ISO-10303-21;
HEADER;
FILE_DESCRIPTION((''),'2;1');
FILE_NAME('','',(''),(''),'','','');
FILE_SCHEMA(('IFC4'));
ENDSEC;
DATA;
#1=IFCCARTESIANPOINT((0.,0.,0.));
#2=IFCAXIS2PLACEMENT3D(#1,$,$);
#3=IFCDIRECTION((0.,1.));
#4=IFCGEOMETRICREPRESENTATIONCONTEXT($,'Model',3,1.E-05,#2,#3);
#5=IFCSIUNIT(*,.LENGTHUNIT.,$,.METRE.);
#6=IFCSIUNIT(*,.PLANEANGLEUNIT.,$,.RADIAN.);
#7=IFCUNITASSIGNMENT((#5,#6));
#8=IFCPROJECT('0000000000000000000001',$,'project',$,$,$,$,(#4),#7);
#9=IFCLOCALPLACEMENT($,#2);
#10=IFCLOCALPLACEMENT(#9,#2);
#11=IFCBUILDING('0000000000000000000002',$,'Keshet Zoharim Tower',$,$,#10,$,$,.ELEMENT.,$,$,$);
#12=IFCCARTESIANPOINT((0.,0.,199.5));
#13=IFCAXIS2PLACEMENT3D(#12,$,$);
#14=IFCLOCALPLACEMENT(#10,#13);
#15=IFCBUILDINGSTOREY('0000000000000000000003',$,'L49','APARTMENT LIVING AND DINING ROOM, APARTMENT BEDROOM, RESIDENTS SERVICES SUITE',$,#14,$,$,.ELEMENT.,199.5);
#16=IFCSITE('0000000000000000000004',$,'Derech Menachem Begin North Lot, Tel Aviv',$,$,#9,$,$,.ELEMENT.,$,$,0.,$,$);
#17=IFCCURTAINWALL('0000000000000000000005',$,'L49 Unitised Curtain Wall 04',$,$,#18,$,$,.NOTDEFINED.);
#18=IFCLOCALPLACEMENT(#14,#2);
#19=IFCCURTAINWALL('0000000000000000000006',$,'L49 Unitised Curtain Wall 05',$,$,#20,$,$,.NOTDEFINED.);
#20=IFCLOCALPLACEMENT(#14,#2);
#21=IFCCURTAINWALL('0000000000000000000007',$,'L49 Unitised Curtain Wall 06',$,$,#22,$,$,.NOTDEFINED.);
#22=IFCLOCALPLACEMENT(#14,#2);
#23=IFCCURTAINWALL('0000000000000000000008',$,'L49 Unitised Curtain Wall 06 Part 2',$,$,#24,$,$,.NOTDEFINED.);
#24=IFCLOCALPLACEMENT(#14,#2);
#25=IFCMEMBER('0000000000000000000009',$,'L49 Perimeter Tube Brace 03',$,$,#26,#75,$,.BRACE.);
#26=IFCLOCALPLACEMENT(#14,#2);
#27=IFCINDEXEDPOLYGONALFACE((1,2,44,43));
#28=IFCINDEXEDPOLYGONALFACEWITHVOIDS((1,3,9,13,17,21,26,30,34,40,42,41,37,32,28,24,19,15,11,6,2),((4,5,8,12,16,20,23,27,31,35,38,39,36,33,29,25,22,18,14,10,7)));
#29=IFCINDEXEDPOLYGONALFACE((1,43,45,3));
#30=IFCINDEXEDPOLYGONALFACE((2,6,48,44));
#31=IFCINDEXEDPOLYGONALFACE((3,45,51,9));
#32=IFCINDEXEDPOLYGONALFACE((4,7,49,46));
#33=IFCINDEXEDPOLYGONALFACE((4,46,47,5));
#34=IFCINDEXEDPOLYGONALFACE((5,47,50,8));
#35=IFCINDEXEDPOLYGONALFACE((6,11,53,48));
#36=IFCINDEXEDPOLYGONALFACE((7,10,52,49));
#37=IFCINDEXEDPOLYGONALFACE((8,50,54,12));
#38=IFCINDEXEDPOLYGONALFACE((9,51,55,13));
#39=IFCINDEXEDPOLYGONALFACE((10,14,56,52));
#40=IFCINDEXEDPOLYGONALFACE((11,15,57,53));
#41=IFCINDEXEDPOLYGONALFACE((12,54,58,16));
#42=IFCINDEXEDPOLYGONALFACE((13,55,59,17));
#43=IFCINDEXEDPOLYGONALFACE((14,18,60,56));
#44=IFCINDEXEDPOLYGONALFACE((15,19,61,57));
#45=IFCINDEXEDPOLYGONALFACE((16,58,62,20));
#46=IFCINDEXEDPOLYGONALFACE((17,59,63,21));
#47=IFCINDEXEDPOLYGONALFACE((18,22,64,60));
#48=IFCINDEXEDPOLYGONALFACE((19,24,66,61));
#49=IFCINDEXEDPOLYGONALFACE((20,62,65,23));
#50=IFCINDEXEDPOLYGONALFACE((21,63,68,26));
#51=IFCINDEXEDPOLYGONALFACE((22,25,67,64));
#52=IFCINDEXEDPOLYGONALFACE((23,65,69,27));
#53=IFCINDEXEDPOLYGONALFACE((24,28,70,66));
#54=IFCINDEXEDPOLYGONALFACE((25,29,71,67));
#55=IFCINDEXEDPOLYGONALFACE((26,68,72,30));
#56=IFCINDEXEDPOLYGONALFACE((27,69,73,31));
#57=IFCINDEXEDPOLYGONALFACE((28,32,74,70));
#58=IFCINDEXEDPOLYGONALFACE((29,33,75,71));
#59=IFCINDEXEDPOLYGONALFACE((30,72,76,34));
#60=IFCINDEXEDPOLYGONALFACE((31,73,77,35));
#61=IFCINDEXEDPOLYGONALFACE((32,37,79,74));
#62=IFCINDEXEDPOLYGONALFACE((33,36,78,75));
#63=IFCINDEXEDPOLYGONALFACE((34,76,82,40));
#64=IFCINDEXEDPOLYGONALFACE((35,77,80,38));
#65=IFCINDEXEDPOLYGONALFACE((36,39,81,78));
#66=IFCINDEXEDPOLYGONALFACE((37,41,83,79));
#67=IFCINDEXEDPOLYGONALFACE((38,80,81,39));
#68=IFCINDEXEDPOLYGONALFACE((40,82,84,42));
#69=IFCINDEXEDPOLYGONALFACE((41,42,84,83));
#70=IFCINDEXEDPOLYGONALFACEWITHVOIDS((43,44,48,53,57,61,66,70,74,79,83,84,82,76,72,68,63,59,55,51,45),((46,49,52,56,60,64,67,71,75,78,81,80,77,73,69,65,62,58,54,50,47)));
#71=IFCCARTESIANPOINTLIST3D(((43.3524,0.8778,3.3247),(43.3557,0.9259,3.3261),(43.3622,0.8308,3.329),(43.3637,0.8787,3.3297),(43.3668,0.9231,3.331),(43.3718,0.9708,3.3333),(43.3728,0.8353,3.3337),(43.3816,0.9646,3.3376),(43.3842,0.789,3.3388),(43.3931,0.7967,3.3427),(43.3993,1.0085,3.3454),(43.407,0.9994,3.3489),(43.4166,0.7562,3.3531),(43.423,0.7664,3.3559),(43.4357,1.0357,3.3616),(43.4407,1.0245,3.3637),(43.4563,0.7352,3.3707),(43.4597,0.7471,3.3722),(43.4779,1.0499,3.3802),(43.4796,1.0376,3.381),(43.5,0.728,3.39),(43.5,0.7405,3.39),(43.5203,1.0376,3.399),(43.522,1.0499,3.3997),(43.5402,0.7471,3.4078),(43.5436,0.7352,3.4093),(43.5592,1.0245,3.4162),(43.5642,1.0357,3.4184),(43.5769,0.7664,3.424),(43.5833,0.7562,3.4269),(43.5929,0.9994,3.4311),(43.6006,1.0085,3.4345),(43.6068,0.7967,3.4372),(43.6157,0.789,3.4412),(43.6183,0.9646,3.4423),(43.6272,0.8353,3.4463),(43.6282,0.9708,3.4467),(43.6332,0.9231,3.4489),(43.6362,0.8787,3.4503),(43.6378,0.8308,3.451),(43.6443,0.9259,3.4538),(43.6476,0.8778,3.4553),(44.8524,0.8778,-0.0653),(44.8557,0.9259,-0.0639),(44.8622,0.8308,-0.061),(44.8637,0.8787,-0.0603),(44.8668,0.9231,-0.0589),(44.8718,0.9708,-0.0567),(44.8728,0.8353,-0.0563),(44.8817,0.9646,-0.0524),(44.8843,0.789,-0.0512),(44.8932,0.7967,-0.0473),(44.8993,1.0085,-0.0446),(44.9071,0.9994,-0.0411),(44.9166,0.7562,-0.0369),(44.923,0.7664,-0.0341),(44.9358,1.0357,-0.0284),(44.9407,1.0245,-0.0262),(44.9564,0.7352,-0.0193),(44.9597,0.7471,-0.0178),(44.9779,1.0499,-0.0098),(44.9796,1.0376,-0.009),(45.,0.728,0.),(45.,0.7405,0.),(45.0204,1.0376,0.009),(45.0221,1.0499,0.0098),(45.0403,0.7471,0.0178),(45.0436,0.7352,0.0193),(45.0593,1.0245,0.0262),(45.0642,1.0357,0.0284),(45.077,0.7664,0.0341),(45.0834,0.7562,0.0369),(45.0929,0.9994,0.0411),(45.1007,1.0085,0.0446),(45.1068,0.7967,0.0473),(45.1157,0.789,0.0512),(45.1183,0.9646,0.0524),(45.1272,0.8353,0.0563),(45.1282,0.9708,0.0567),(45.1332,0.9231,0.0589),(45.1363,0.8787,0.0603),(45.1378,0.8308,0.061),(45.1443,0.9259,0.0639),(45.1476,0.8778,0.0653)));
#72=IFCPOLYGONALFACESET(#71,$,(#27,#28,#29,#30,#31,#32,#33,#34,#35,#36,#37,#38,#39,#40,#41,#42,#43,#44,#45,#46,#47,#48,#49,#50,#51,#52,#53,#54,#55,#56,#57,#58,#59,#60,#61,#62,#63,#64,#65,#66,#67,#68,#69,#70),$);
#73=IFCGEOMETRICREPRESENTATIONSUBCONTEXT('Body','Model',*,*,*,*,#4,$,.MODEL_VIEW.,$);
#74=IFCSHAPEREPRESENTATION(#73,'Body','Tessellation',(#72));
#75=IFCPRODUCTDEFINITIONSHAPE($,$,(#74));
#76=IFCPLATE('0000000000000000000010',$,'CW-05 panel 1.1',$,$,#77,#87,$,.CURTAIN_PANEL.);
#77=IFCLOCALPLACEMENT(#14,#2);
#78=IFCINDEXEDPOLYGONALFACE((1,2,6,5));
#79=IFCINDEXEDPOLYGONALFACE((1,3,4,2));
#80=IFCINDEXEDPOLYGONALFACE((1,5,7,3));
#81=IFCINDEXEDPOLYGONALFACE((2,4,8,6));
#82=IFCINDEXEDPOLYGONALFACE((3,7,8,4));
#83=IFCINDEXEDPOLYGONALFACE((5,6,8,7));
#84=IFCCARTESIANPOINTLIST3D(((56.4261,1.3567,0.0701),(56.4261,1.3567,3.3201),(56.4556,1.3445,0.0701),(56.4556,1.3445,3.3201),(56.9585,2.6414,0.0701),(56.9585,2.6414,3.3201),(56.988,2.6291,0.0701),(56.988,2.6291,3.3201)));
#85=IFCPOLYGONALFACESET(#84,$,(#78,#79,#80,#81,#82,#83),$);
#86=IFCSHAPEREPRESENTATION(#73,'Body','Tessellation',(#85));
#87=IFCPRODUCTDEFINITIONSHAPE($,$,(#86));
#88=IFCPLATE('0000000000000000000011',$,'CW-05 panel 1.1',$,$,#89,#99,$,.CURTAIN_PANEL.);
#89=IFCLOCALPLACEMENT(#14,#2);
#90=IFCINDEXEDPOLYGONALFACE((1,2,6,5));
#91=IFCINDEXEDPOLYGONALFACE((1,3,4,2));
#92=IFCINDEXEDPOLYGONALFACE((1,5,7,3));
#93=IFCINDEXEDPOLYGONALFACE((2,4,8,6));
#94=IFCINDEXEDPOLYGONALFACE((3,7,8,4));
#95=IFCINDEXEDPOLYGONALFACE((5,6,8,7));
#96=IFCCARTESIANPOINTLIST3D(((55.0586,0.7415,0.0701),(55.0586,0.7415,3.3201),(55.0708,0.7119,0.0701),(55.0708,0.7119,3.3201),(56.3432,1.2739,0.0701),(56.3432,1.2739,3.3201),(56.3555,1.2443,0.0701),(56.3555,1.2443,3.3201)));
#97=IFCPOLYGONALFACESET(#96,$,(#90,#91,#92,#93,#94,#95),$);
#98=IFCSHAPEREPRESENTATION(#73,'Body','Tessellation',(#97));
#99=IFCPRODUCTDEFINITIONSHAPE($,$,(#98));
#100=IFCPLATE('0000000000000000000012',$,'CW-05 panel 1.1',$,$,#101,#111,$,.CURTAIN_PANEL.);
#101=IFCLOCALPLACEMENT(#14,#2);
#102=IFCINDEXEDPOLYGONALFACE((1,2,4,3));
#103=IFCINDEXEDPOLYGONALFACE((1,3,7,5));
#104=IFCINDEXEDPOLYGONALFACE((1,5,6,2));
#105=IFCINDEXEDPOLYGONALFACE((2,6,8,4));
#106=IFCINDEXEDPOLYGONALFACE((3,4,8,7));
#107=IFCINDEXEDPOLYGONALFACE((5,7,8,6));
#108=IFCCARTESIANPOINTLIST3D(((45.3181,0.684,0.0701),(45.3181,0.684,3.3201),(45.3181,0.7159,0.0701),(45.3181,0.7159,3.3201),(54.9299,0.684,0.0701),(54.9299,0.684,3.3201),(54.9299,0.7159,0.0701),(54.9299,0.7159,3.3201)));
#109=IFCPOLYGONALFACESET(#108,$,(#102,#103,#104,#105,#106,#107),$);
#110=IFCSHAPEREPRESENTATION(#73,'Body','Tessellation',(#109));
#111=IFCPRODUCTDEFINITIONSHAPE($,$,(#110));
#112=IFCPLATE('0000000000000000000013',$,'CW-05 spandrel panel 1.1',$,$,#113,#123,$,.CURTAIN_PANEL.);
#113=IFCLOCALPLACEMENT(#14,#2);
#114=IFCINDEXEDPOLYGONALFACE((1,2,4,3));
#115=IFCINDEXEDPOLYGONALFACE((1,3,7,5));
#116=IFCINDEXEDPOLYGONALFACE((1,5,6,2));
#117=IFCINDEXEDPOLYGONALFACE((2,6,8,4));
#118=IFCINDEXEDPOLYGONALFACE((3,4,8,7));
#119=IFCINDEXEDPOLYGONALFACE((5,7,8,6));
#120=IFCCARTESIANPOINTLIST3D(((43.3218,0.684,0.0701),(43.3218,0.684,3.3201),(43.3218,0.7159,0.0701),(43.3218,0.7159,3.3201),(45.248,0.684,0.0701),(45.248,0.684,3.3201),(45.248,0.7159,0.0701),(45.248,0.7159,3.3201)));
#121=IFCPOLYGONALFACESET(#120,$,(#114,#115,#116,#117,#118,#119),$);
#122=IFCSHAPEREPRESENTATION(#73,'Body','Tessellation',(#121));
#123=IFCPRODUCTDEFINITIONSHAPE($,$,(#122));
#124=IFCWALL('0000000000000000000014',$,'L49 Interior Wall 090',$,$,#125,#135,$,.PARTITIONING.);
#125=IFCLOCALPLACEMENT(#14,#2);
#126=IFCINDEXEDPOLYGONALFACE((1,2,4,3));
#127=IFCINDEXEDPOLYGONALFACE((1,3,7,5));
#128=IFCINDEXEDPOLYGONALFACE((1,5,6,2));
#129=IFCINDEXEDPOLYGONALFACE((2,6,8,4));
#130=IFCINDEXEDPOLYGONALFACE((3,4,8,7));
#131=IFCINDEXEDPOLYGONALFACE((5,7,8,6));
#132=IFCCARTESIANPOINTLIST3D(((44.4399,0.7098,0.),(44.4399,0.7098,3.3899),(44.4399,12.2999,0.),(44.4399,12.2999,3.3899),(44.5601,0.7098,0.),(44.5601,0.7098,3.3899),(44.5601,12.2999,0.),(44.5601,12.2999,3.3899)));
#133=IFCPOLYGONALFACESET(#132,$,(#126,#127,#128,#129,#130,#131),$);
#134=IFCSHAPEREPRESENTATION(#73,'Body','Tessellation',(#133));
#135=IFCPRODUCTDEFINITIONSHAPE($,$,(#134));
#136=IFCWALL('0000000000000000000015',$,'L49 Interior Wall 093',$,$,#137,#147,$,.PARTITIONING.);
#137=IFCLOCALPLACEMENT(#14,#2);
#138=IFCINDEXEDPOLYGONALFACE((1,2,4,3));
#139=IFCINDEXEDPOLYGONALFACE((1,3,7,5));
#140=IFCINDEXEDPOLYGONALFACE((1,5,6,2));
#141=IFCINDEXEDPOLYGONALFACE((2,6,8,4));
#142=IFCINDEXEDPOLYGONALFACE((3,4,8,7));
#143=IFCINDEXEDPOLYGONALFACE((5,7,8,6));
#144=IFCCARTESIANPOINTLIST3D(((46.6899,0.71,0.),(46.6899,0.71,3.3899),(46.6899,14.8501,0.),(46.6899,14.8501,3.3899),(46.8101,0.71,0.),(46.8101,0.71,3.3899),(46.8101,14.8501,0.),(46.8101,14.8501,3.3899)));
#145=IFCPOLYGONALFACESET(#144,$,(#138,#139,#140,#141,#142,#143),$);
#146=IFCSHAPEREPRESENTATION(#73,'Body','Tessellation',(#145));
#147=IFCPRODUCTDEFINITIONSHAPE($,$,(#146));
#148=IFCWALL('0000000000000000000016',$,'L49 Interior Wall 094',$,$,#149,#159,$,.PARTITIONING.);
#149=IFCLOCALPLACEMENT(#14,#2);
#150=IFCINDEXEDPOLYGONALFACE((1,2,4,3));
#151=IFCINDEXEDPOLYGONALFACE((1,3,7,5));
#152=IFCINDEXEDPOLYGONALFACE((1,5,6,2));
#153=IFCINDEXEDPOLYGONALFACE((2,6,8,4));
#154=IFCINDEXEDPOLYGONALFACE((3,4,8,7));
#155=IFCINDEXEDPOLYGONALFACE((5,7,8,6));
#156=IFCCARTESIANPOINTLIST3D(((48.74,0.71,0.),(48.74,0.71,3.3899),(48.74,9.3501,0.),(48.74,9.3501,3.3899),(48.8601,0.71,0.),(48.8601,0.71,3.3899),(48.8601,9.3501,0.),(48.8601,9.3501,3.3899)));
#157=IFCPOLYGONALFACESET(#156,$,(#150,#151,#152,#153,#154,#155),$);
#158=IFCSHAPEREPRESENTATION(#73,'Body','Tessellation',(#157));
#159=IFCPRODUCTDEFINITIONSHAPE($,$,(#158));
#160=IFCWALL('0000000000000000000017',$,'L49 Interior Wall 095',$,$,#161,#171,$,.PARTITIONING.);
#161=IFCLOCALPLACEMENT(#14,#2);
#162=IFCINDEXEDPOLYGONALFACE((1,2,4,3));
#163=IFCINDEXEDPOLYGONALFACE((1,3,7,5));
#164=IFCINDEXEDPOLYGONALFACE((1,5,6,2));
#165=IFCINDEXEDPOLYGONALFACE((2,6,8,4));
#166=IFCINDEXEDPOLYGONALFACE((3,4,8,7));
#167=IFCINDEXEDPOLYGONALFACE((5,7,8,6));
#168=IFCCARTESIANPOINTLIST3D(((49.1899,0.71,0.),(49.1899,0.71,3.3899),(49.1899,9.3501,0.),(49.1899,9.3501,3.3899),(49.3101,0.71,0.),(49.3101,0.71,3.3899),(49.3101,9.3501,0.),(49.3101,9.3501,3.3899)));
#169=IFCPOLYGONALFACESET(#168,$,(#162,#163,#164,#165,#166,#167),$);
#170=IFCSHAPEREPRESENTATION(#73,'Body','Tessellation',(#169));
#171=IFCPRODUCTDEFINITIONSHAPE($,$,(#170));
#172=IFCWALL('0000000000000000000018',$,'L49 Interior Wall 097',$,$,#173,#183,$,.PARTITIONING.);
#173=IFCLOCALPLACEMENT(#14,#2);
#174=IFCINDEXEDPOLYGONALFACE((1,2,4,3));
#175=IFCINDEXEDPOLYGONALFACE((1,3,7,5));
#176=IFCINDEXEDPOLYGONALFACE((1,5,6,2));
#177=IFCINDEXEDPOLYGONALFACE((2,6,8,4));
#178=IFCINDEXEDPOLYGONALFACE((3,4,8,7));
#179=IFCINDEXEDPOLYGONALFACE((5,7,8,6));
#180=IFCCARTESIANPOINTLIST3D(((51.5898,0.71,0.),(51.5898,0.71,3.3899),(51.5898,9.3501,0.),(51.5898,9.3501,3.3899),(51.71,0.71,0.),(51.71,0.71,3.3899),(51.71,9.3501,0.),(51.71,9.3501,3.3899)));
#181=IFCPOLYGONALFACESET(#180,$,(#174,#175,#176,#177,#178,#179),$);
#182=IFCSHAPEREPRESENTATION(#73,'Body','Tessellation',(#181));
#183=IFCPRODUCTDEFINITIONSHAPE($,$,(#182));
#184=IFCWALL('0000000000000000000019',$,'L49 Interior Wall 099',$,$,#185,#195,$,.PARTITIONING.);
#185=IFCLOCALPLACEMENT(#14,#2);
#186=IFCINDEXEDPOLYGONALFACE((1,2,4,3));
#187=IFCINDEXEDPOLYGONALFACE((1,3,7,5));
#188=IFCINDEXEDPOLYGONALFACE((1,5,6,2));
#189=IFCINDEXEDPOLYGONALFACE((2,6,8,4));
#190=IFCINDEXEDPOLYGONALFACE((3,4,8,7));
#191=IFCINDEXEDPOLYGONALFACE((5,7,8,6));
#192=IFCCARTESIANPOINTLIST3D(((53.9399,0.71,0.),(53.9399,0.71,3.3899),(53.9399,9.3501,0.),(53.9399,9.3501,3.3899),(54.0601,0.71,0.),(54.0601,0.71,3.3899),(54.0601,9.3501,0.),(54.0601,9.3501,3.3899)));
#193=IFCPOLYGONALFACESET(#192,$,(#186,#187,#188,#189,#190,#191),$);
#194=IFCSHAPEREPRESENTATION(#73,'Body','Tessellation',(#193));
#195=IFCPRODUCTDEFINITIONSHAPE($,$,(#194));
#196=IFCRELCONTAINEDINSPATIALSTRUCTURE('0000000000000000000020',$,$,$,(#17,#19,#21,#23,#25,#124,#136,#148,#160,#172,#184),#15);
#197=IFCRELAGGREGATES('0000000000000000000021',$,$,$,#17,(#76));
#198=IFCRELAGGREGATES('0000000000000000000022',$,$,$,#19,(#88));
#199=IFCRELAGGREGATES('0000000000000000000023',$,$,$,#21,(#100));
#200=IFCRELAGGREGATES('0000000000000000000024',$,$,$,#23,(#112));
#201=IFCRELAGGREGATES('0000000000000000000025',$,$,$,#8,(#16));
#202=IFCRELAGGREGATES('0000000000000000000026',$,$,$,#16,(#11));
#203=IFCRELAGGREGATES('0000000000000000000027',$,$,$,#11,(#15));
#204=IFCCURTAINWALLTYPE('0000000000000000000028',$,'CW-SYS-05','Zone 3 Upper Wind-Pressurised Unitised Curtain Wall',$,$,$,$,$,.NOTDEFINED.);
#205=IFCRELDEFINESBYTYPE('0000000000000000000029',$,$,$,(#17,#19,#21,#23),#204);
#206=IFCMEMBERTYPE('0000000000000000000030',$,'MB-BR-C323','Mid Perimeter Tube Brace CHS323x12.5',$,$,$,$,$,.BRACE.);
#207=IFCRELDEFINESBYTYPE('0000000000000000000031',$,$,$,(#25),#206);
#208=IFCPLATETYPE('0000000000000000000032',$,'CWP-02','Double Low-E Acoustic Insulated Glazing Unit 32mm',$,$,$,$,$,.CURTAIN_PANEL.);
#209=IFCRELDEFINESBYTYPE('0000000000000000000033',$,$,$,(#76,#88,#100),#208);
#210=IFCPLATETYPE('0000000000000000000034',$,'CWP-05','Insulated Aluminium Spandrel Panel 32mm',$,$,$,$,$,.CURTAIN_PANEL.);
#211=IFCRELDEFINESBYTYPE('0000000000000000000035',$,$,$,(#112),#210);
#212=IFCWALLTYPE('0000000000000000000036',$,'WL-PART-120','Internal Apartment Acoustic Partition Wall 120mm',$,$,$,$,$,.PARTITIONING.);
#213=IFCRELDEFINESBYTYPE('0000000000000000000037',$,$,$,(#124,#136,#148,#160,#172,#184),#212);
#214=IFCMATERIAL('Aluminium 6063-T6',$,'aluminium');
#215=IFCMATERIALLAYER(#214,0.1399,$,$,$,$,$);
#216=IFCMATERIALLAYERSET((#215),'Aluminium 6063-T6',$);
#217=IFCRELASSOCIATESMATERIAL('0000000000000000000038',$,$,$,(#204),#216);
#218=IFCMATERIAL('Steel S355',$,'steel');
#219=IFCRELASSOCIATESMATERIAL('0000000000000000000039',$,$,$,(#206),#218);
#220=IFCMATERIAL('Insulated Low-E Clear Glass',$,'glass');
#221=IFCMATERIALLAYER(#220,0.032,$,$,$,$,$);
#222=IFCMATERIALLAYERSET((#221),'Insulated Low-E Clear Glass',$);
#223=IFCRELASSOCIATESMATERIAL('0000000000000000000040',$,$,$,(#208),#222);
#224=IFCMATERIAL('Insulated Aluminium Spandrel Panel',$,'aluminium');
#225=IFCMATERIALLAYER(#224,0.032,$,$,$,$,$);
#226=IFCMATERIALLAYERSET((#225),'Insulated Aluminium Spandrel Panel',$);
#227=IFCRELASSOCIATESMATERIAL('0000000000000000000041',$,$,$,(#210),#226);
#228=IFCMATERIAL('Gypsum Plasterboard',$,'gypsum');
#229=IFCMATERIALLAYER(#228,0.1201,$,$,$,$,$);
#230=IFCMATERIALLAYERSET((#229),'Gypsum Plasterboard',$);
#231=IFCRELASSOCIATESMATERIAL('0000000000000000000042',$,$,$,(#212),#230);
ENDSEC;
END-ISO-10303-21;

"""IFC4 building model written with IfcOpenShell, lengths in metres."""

from ifc_helpers import new_model, si_unit, direction, frame, frame_2d, origin, origin_2d, place, context, subcontext, project, spatial, rectangle, hollow_circle, extrude, material, layer, layer_set, material_profile, profile_set, type_object, element, aggregate, save


model = new_model("IFC4")

# Units and contexts
model_context = context("Model", 3, precision=1e-05, world=origin(), true_north=direction((0.0, 1.0)))
body_context = subcontext(model_context, "Body", "Model", "MODEL_VIEW")
ifc_project = project(units=[si_unit("LENGTHUNIT", "METRE"), si_unit("PLANEANGLEUNIT", "RADIAN")], contexts=[model_context])

# Site, building, storey
site_placement = place(None, origin())
site = spatial("IfcSite", under=ifc_project, at=site_placement, Name="Derech Menachem Begin North Lot, Tel Aviv", CompositionType="ELEMENT", RefElevation=0.0)
building_placement = place(site_placement, origin())
building = spatial("IfcBuilding", under=site, at=building_placement, Name="Keshet Zoharim Tower", CompositionType="ELEMENT")
storey_placement = place(building_placement, frame((0.0, 0.0, 199.5)))
storey = spatial("IfcBuildingStorey", under=building, at=storey_placement, Name="L49", Description="APARTMENT LIVING AND DINING ROOM, APARTMENT BEDROOM, RESIDENTS SERVICES SUITE", CompositionType="ELEMENT", Elevation=199.5)

# Shared definitions
ifc_material_1 = material(Name="Steel S355", Category="steel")

# Curtain wall
ifc_material_2 = material(Name="Aluminium 6063-T6", Category="aluminium")
ifc_layer_1 = layer(ifc_material_2, 0.1399)
ifc_layer_set_1 = layer_set([ifc_layer_1], Name="Aluminium 6063-T6")
curtain_wall_type = type_object("IfcCurtainWallType", Name="CW-SYS-05", Description="Zone 3 Upper Wind-Pressurised Unitised Curtain Wall", PredefinedType="NOTDEFINED", material=ifc_layer_set_1)
curtain_wall_1_placement = place(storey_placement, origin())
curtain_wall_1 = element("IfcCurtainWall", 1, at=curtain_wall_1_placement, inside=storey, type_object=curtain_wall_type, Name="L49 Unitised Curtain Wall 04", PredefinedType="NOTDEFINED")

# Curtain walls
curtain_wall_2_placement = place(storey_placement, origin())
curtain_wall_2 = element("IfcCurtainWall", 2, at=curtain_wall_2_placement, inside=storey, type_object=curtain_wall_type, Name="L49 Unitised Curtain Wall 05", PredefinedType="NOTDEFINED")
curtain_wall_3_placement = place(storey_placement, origin())
curtain_wall_3 = element("IfcCurtainWall", 3, at=curtain_wall_3_placement, inside=storey, type_object=curtain_wall_type, Name="L49 Unitised Curtain Wall 06", PredefinedType="NOTDEFINED")

# Curtain wall
curtain_wall_4_placement = place(storey_placement, origin())
curtain_wall_4 = element("IfcCurtainWall", 4, at=curtain_wall_4_placement, inside=storey, type_object=curtain_wall_type, Name="L49 Unitised Curtain Wall 06 Part 2", PredefinedType="NOTDEFINED")

# Member
ifc_material_profile_1 = material_profile(ifc_material_1, hollow_circle(Radius=0.1619, WallThickness=0.0125, at=origin_2d()), Name="CHS323x12.5")
ifc_profile_set_1 = profile_set([ifc_material_profile_1], Name="Steel S355")
member_type_1 = type_object("IfcMemberType", Name="MB-BR-C323", Description="Mid Perimeter Tube Brace CHS323x12.5", PredefinedType="BRACE", material=ifc_profile_set_1)
member_1_placement = place(storey_placement, frame((45.0, 0.8899, 0.0), z_axis=(-0.404647, 0.0, 0.914473), x_axis=(0.0, -1.0, 0.0)))
element("IfcMember", 5, at=member_1_placement, inside=storey, type_object=member_type_1, Name="L49 Perimeter Tube Brace 03", PredefinedType="BRACE", context=body_context, shape_type="SweptSolid", body=[
    extrude(hollow_circle(Radius=0.1619, WallThickness=0.0125, at=origin_2d()), origin(), (0.0, 0.0, 1.0), 3.707),
])

# Plates
ifc_material_3 = material(Name="Insulated Low-E Clear Glass", Category="glass")
ifc_layer_2 = layer(ifc_material_3, 0.032)
ifc_layer_set_2 = layer_set([ifc_layer_2], Name="Insulated Low-E Clear Glass")
plate_type_1 = type_object("IfcPlateType", Name="CWP-02", Description="Double Low-E Acoustic Insulated Glazing Unit 32mm", PredefinedType="CURTAIN_PANEL", material=ifc_layer_set_2)
plate_1_placement = place(storey_placement, frame((56.707, 1.9929, 0.0701), z_axis=(0.0, 0.0, 1.0), x_axis=(-0.382852, -0.92381, 0.0)))
plate_1 = element("IfcPlate", 6, at=plate_1_placement, type_object=plate_type_1, Name="CW-05 panel 1.1", PredefinedType="CURTAIN_PANEL", context=body_context, shape_type="SweptSolid", body=[
    extrude(rectangle(XDim=1.3906, YDim=0.032, at=origin_2d()), origin(), (0.0, 0.0, 1.0), 3.25),
])
aggregate(curtain_wall_1, [plate_1])
plate_2_placement = place(storey_placement, frame((55.707, 0.9929, 0.0701), z_axis=(0.0, 0.0, 1.0), x_axis=(-0.92381, -0.382852, 0.0)))
plate_2 = element("IfcPlate", 7, at=plate_2_placement, type_object=plate_type_1, Name="CW-05 panel 1.1", PredefinedType="CURTAIN_PANEL", context=body_context, shape_type="SweptSolid", body=[
    extrude(rectangle(XDim=1.3906, YDim=0.032, at=origin_2d()), origin(), (0.0, 0.0, 1.0), 3.25),
])
aggregate(curtain_wall_2, [plate_2])
plate_3_placement = place(storey_placement, frame((50.124, 0.7, 0.0701), z_axis=(0.0, 0.0, 1.0), x_axis=(-1.0, 0.0, 0.0)))
plate_3 = element("IfcPlate", 8, at=plate_3_placement, type_object=plate_type_1, Name="CW-05 panel 1.1", PredefinedType="CURTAIN_PANEL", context=body_context, shape_type="SweptSolid", body=[
    extrude(rectangle(XDim=9.6118, YDim=0.032, at=origin_2d()), origin(), (0.0, 0.0, 1.0), 3.25),
])
aggregate(curtain_wall_3, [plate_3])
ifc_material_4 = material(Name="Insulated Aluminium Spandrel Panel", Category="aluminium")
ifc_layer_3 = layer(ifc_material_4, 0.032)
ifc_layer_set_3 = layer_set([ifc_layer_3], Name="Insulated Aluminium Spandrel Panel")
plate_type_2 = type_object("IfcPlateType", Name="CWP-05", Description="Insulated Aluminium Spandrel Panel 32mm", PredefinedType="CURTAIN_PANEL", material=ifc_layer_set_3)
plate_4_placement = place(storey_placement, frame((44.2849, 0.7, 0.0701), z_axis=(0.0, 0.0, 1.0), x_axis=(-1.0, 0.0, 0.0)))
plate_4 = element("IfcPlate", 9, at=plate_4_placement, type_object=plate_type_2, Name="CW-05 spandrel panel 1.1", PredefinedType="CURTAIN_PANEL", context=body_context, shape_type="SweptSolid", body=[
    extrude(rectangle(XDim=1.9263, YDim=0.032, at=origin_2d()), origin(), (0.0, 0.0, 1.0), 3.25),
])
aggregate(curtain_wall_4, [plate_4])

# Walls
ifc_material_5 = material(Name="Gypsum Plasterboard", Category="gypsum")
ifc_layer_4 = layer(ifc_material_5, 0.1201)
ifc_layer_set_4 = layer_set([ifc_layer_4], Name="Gypsum Plasterboard")
wall_type = type_object("IfcWallType", Name="WL-PART-120", Description="Internal Apartment Acoustic Partition Wall 120mm", PredefinedType="PARTITIONING", material=ifc_layer_set_4)
wall_1_placement = place(storey_placement, frame((44.5, 0.71, 0.0), z_axis=(0.0, 0.0, 1.0), x_axis=(0.0, 1.0, 0.0)))
element("IfcWall", 10, at=wall_1_placement, inside=storey, type_object=wall_type, Name="L49 Interior Wall 090", PredefinedType="PARTITIONING", context=body_context, shape_type="SweptSolid", body=[
    extrude(rectangle(XDim=11.5901, YDim=0.1201, at=frame_2d((5.7949, 0.0))), origin(), (0.0, 0.0, 1.0), 3.3899),
])
wall_2_placement = place(storey_placement, frame((46.75, 0.71, 0.0), z_axis=(0.0, 0.0, 1.0), x_axis=(0.0, 1.0, 0.0)))
element("IfcWall", 11, at=wall_2_placement, inside=storey, type_object=wall_type, Name="L49 Interior Wall 093", PredefinedType="PARTITIONING", context=body_context, shape_type="SweptSolid", body=[
    extrude(rectangle(XDim=14.1401, YDim=0.1201, at=frame_2d((7.0701, 0.0))), origin(), (0.0, 0.0, 1.0), 3.3899),
])
for number, where, z_axis, x_axis, name in (
    (12, (48.8, 0.71, 0.0), (0.0, 0.0, 1.0), (0.0, 1.0, 0.0), "L49 Interior Wall 094"),
    (13, (49.25, 0.71, 0.0), (0.0, 0.0, 1.0), (0.0, 1.0, 0.0), "L49 Interior Wall 095"),
    (14, (51.6499, 0.71, 0.0), (0.0, 0.0, 1.0), (0.0, 1.0, 0.0), "L49 Interior Wall 097"),
    (15, (54.0, 0.71, 0.0), (0.0, 0.0, 1.0), (0.0, 1.0, 0.0), "L49 Interior Wall 099"),
):
    element("IfcWall", number, at=place(storey_placement, frame(where, z_axis=z_axis, x_axis=x_axis)), inside=storey, type_object=wall_type, Name=name, PredefinedType="PARTITIONING", context=body_context, shape_type="SweptSolid", body=[
        extrude(rectangle(XDim=8.6401, YDim=0.1201, at=frame_2d((4.3201, 0.0))), origin(), (0.0, 0.0, 1.0), 3.3899),
    ])

save(model, "model.ifc")
